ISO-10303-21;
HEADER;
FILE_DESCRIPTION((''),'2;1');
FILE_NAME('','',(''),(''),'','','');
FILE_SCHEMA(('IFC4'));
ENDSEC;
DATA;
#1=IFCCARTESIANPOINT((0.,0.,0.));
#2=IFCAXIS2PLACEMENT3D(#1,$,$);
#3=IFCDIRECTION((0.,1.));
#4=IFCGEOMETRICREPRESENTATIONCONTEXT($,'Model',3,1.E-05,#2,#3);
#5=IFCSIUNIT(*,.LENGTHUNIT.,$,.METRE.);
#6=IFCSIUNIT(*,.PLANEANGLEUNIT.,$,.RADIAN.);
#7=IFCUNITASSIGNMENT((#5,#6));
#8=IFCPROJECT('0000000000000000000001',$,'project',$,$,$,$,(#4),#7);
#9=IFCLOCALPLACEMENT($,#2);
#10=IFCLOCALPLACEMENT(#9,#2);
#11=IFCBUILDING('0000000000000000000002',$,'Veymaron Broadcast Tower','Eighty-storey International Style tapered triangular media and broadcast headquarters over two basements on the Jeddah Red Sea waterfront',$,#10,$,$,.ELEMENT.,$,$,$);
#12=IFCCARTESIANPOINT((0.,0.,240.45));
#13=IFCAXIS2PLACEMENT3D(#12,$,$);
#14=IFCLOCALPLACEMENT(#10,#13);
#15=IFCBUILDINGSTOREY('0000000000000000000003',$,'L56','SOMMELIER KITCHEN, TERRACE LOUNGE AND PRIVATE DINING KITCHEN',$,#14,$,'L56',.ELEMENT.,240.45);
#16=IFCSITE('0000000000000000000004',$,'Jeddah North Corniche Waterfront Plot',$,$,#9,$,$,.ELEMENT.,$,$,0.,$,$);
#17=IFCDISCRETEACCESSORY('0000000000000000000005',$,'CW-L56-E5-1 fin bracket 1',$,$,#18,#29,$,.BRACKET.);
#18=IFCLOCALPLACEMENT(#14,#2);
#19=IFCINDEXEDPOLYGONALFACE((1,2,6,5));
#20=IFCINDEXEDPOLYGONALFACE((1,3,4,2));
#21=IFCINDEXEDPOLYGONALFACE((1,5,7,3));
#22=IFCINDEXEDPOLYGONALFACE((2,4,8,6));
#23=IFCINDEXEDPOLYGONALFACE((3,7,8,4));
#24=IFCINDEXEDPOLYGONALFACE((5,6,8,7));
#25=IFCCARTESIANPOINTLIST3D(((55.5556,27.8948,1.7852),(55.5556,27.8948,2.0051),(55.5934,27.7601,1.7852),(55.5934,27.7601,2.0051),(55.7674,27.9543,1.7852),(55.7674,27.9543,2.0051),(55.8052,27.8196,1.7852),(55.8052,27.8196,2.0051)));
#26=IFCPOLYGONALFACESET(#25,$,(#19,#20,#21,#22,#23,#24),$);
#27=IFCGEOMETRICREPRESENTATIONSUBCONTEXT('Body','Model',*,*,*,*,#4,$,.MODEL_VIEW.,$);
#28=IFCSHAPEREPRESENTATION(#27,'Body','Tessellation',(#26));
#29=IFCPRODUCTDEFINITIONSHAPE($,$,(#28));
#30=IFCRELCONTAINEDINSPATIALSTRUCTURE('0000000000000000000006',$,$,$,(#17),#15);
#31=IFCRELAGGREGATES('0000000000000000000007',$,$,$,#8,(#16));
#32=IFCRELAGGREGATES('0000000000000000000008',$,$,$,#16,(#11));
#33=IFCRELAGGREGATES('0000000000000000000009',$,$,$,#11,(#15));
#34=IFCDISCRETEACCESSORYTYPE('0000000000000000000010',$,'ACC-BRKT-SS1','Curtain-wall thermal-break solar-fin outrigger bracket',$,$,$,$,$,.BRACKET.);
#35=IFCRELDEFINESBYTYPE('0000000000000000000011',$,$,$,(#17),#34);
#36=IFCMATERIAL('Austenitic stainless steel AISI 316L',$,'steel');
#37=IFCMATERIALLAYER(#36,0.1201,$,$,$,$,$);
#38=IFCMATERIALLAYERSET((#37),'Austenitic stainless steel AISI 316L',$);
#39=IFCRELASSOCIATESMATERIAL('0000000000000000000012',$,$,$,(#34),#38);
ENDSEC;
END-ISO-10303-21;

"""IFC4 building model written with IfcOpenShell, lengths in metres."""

from ifc_helpers import new_model, si_unit, direction, frame, origin, origin_2d, place, context, subcontext, project, spatial, rectangle, extrude, material, layer, layer_set, type_object, element, save


model = new_model("IFC4")

# Units and contexts
model_context = context("Model", 3, precision=1e-05, world=origin(), true_north=direction((0.0, 1.0)))
body_context = subcontext(model_context, "Body", "Model", "MODEL_VIEW")
ifc_project = project(units=[si_unit("LENGTHUNIT", "METRE"), si_unit("PLANEANGLEUNIT", "RADIAN")], contexts=[model_context])

# Site, building, storey
site_placement = place(None, origin())
site = spatial("IfcSite", under=ifc_project, at=site_placement, Name="Jeddah North Corniche Waterfront Plot", CompositionType="ELEMENT", RefElevation=0.0)
building_placement = place(site_placement, origin())
building = spatial("IfcBuilding", under=site, at=building_placement, Name="Veymaron Broadcast Tower", Description="Eighty-storey International Style tapered triangular media and broadcast headquarters over two basements on the Jeddah Red Sea waterfront", CompositionType="ELEMENT")
storey_placement = place(building_placement, frame((0.0, 0.0, 240.45)))
storey = spatial("IfcBuildingStorey", under=building, at=storey_placement, Name="L56", Description="SOMMELIER KITCHEN, TERRACE LOUNGE AND PRIVATE DINING KITCHEN", LongName="L56", CompositionType="ELEMENT", Elevation=240.45)

# Discrete accessory
ifc_material_1 = material(Name="Austenitic stainless steel AISI 316L", Category="steel")
ifc_layer_1 = layer(ifc_material_1, 0.1201)
ifc_layer_set_1 = layer_set([ifc_layer_1], Name="Austenitic stainless steel AISI 316L")
discrete_accessory_type = type_object("IfcDiscreteAccessoryType", Name="ACC-BRKT-SS1", Description="Curtain-wall thermal-break solar-fin outrigger bracket", PredefinedType="BRACKET", material=ifc_layer_set_1)
discrete_accessory_placement = place(storey_placement, frame((55.6804, 27.8572, 1.7852), z_axis=(0.0, 0.0, 1.0), x_axis=(0.962744, 0.270416, 0.0)))
element("IfcDiscreteAccessory", 1, at=discrete_accessory_placement, inside=storey, type_object=discrete_accessory_type, Name="CW-L56-E5-1 fin bracket 1", PredefinedType="BRACKET", context=body_context, shape_type="SweptSolid", body=[
    extrude(rectangle(XDim=0.22, YDim=0.1399, at=origin_2d()), origin(), (0.0, 0.0, 1.0), 0.22),
])

save(model, "model.ifc")
